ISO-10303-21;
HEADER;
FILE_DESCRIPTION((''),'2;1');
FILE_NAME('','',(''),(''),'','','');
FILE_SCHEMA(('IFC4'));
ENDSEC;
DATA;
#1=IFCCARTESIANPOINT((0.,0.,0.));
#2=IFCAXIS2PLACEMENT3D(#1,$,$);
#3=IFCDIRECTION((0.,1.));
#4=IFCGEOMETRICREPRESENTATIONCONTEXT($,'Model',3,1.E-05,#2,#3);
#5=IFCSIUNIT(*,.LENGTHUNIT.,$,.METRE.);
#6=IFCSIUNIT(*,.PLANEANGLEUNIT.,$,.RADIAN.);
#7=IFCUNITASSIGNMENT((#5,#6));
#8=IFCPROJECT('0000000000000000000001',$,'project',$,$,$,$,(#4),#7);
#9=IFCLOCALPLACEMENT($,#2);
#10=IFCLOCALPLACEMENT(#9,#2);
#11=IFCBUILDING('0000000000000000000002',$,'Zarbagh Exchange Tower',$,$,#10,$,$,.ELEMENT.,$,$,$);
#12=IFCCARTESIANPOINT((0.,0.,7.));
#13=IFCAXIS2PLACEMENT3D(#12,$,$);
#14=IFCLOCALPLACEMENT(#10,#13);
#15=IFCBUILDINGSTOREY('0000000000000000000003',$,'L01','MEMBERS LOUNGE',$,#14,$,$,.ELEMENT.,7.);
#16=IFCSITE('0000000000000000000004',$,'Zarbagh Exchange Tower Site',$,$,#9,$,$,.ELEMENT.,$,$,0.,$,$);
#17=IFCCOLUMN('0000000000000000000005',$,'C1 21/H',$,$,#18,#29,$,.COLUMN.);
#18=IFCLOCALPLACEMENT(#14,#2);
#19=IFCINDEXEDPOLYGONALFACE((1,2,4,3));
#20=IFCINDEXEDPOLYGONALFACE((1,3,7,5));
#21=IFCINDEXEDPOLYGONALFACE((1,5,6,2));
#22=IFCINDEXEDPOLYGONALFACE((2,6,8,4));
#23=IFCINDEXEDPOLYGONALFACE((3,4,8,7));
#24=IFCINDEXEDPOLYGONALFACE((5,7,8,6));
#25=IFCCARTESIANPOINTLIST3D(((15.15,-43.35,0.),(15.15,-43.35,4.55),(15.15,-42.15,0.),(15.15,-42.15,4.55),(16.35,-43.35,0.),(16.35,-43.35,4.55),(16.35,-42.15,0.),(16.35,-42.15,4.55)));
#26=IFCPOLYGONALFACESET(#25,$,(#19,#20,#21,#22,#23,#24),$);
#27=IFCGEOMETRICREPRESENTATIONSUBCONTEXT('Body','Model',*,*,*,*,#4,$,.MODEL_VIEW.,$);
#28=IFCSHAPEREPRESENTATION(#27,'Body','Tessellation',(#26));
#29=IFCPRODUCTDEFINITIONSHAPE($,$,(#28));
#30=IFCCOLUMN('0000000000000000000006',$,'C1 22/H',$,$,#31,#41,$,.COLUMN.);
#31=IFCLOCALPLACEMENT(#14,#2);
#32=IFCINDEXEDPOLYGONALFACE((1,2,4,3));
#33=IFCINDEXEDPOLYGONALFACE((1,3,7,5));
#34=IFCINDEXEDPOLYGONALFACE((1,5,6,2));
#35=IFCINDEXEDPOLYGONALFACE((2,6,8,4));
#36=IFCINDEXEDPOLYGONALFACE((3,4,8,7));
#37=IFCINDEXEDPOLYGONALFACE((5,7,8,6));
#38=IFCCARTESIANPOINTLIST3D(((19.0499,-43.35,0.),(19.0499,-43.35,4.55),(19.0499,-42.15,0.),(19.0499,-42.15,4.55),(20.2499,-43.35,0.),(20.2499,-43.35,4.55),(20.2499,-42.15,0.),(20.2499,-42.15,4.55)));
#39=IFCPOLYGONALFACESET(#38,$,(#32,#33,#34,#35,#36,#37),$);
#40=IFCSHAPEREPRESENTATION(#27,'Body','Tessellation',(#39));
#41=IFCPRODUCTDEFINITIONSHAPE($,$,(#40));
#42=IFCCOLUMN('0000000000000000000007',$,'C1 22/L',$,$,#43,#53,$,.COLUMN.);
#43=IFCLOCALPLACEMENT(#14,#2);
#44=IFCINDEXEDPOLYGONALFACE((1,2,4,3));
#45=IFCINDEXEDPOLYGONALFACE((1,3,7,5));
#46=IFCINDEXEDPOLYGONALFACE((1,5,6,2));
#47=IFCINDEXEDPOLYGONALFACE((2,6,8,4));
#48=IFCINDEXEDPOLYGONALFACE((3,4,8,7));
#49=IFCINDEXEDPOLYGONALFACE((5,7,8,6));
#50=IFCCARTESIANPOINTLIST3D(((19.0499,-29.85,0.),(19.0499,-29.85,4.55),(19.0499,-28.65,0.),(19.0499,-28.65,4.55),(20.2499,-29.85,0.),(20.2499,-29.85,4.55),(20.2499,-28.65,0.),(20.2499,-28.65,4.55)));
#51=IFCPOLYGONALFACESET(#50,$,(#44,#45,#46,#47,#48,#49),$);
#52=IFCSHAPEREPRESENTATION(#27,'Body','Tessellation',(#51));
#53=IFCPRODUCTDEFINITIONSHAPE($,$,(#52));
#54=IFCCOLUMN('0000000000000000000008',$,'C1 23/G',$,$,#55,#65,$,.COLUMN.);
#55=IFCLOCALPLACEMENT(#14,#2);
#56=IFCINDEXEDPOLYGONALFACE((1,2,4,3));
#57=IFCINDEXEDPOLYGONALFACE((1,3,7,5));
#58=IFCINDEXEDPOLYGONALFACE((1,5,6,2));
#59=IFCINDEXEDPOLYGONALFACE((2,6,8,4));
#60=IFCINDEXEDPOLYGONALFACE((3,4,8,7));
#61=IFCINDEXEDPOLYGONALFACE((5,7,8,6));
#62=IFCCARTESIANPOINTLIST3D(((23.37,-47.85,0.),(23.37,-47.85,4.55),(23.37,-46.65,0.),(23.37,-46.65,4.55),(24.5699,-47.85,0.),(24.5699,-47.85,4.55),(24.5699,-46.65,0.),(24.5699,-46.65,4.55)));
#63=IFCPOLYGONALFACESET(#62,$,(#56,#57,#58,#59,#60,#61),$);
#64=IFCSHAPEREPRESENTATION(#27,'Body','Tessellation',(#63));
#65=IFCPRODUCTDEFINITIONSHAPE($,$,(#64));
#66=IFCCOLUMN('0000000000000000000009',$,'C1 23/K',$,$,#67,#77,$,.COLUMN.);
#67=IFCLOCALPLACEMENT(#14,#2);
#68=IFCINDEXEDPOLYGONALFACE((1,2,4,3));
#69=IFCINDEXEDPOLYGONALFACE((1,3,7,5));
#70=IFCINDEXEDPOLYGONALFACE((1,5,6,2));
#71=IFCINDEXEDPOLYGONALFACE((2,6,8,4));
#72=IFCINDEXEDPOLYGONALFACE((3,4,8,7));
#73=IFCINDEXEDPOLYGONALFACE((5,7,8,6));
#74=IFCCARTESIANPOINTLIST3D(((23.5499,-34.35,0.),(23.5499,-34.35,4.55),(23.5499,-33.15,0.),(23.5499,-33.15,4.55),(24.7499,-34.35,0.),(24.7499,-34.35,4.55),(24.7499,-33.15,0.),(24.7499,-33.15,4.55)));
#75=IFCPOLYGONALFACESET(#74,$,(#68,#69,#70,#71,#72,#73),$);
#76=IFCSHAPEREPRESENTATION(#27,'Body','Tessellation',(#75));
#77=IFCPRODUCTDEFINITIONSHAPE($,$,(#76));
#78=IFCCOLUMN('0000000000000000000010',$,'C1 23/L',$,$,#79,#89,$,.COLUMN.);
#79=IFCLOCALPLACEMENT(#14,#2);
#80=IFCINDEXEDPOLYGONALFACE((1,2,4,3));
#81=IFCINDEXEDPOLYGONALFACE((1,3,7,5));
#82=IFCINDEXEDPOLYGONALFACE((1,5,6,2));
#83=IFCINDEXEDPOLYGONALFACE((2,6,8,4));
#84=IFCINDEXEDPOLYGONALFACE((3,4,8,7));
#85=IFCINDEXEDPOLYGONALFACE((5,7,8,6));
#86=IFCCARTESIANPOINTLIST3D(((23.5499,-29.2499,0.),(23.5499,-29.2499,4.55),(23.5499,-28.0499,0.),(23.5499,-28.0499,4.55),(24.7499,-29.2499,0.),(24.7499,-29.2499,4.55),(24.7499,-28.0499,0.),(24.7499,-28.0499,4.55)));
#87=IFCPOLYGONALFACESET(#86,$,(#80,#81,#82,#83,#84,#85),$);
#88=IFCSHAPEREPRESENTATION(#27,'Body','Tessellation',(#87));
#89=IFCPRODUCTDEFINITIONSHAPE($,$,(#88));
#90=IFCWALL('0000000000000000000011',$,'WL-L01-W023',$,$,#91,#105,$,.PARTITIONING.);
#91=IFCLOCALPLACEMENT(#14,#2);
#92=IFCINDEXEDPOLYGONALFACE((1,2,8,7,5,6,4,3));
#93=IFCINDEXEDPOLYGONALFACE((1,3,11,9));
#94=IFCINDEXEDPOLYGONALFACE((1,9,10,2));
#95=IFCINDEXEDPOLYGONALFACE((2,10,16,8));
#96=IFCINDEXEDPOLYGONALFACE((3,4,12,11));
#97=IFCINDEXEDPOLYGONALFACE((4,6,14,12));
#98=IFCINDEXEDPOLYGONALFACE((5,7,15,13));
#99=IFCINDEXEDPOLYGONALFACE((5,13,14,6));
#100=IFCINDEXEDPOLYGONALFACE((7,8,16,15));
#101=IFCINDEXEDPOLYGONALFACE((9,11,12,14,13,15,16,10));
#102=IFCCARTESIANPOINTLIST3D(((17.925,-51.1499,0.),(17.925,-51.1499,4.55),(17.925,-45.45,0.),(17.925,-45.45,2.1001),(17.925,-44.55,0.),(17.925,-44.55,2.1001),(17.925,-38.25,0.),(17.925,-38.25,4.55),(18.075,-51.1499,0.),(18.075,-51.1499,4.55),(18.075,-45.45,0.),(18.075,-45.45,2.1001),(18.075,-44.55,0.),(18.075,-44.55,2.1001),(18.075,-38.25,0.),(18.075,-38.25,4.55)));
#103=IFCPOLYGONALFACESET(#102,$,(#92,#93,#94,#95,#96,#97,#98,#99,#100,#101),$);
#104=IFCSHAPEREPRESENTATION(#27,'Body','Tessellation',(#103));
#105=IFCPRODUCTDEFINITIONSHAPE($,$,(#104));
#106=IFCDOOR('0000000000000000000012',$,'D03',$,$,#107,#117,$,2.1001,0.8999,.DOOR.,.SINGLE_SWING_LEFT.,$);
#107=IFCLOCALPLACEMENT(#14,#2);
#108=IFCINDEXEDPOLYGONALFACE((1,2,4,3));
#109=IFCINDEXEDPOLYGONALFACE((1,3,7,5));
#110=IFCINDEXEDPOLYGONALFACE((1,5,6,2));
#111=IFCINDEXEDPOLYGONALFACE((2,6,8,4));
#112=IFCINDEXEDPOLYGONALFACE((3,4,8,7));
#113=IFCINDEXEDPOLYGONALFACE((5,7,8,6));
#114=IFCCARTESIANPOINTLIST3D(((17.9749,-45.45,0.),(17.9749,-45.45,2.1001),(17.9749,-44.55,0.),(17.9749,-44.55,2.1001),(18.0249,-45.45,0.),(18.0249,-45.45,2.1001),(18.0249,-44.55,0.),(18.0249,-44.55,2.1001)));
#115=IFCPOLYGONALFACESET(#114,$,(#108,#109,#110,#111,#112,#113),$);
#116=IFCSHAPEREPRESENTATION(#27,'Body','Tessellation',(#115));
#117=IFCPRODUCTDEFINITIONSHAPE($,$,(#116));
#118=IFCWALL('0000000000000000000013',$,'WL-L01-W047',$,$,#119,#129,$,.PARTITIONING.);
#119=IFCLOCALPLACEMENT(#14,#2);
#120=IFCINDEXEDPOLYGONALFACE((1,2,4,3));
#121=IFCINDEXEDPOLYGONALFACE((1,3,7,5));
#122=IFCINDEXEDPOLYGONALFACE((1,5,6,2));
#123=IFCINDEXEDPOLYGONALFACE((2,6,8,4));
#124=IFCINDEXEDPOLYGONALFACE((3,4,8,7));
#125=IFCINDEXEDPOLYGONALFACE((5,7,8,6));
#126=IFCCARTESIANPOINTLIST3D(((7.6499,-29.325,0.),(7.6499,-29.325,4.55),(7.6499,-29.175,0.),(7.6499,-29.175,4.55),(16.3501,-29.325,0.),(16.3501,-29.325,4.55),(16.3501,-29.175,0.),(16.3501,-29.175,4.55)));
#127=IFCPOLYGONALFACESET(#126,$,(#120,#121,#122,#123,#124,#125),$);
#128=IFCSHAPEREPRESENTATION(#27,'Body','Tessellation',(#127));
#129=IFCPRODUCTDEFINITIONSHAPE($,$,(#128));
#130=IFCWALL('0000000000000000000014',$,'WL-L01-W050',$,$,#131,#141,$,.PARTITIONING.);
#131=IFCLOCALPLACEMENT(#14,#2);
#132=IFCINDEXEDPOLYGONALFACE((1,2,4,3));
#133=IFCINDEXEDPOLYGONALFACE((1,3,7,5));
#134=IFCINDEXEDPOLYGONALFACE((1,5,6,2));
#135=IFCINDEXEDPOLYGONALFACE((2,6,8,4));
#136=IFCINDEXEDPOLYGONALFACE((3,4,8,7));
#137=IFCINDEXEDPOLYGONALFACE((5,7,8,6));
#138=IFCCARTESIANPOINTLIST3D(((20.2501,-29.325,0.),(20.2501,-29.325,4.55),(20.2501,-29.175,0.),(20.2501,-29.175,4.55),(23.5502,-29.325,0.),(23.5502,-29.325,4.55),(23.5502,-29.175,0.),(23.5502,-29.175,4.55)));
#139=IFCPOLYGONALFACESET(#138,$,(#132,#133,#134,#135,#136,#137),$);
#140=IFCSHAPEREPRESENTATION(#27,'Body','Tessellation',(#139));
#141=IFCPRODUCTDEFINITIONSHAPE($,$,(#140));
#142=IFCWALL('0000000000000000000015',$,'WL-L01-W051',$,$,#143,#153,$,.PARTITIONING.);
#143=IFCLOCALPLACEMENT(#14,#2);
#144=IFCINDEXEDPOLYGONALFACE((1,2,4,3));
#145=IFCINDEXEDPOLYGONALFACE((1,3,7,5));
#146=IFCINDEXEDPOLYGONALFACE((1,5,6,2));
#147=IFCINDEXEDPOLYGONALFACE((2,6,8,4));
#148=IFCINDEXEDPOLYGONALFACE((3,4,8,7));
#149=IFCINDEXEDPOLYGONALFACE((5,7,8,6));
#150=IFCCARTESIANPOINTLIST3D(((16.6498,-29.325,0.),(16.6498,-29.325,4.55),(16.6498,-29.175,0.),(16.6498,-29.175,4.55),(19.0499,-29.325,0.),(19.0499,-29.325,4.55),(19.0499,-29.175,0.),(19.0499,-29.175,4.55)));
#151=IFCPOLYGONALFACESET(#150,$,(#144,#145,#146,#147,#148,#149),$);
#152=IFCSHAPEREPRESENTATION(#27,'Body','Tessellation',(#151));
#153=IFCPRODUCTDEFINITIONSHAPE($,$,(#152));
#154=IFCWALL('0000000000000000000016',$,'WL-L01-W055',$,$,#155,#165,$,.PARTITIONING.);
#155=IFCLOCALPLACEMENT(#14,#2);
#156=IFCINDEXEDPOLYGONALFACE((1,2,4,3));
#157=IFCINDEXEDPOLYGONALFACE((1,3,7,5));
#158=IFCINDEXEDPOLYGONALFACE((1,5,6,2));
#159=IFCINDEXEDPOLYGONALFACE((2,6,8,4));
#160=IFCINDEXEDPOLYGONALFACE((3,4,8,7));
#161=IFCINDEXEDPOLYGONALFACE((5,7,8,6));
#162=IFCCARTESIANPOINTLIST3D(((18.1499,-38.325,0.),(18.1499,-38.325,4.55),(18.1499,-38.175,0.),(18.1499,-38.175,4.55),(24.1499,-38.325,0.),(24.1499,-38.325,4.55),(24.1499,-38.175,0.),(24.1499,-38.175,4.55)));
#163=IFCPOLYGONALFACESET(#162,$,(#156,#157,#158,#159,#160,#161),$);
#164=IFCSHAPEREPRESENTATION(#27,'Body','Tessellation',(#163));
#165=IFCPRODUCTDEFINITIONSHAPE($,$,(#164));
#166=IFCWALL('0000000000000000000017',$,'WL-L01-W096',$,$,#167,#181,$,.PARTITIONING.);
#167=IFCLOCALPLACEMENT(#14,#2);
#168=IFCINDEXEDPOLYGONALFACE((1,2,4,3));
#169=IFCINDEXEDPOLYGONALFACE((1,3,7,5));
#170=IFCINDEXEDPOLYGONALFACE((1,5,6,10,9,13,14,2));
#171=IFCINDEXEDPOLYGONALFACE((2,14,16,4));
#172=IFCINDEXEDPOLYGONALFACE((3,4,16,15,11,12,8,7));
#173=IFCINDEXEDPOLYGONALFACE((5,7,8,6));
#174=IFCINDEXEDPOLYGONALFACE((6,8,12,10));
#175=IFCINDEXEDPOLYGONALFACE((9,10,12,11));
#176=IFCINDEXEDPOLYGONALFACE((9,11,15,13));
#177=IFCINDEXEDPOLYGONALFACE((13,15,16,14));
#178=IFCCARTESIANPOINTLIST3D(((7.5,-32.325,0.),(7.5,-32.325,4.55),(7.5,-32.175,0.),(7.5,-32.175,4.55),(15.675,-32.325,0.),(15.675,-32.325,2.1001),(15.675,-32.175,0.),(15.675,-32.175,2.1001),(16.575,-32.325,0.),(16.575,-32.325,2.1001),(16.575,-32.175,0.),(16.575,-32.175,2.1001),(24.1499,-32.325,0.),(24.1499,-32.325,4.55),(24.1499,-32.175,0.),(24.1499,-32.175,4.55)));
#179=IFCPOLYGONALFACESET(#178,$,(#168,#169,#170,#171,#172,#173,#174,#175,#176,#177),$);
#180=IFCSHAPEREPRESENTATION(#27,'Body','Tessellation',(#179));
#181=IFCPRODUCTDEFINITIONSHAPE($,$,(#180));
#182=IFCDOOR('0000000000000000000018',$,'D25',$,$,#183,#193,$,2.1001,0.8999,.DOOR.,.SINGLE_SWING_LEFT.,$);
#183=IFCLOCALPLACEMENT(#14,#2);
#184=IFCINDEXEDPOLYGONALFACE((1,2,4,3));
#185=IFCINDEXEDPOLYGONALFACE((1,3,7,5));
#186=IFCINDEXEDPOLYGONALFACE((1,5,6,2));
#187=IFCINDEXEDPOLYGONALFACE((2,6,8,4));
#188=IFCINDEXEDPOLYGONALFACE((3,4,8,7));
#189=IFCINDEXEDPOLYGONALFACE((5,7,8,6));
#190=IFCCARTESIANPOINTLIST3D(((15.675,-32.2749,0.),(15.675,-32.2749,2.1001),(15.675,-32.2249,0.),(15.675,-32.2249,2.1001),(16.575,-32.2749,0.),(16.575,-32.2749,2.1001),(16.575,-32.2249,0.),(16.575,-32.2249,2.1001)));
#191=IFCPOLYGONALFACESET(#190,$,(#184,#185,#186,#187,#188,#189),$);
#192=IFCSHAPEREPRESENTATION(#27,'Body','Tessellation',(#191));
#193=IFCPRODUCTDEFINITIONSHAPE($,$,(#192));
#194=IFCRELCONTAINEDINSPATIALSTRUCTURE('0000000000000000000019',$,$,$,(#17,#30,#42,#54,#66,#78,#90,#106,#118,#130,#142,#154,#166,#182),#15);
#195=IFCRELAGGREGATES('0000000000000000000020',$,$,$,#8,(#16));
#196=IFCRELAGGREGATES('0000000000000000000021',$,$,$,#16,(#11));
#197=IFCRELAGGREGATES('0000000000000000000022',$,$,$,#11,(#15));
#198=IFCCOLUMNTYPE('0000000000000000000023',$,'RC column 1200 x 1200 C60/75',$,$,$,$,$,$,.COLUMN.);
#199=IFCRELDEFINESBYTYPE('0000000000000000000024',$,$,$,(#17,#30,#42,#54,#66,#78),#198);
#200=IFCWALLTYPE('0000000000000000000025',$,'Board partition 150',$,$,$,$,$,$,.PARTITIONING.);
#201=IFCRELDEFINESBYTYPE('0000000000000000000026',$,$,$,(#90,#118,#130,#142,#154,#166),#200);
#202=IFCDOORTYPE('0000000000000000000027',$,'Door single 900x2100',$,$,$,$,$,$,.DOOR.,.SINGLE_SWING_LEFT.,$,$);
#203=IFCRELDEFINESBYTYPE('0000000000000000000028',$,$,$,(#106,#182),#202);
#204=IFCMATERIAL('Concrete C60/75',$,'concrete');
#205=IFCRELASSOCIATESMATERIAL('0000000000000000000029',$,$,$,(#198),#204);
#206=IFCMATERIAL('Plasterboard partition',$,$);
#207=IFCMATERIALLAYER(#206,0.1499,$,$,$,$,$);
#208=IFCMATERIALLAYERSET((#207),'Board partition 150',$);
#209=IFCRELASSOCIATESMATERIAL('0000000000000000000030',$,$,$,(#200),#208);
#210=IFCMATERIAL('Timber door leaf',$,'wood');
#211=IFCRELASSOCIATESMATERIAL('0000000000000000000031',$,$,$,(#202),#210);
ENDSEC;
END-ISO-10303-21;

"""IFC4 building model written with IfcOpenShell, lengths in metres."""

from ifc_helpers import new_model, si_unit, direction, frame, frame_2d, origin, origin_2d, place, context, subcontext, project, spatial, rectangle, extrude, material, layer, layer_set, material_profile, profile_set, type_object, element, fill, save


model = new_model("IFC4")

# Units and contexts
model_context = context("Model", 3, precision=1e-05, world=origin(), true_north=direction((0.0, 1.0)))
body_context = subcontext(model_context, "Body", "Model", "MODEL_VIEW")
ifc_project = project(units=[si_unit("LENGTHUNIT", "METRE"), si_unit("PLANEANGLEUNIT", "RADIAN")], contexts=[model_context])

# Site, building, storey
site_placement = place(None, origin())
site = spatial("IfcSite", under=ifc_project, at=site_placement, Name="Zarbagh Exchange Tower Site", CompositionType="ELEMENT", RefElevation=0.0)
building_placement = place(site_placement, origin())
building = spatial("IfcBuilding", under=site, at=building_placement, Name="Zarbagh Exchange Tower", CompositionType="ELEMENT")
storey_placement = place(building_placement, frame((0.0, 0.0, 7.0)))
storey = spatial("IfcBuildingStorey", under=building, at=storey_placement, Name="L01", Description="MEMBERS LOUNGE", CompositionType="ELEMENT", Elevation=7.0)

# Columns
ifc_material_1 = material(Name="Concrete C60/75", Category="concrete")
ifc_material_profile = material_profile(ifc_material_1, rectangle(XDim=1.2, YDim=1.2, at=origin_2d()), Name="RC column 1200 x 1200 C60/75")
ifc_profile_set = profile_set([ifc_material_profile], Name="Concrete C60/75")
column_type = type_object("IfcColumnType", Name="RC column 1200 x 1200 C60/75", PredefinedType="COLUMN", material=ifc_profile_set)
for number, where, z_axis, x_axis, name in (
    (1, (15.75, -42.75, 0.0), (0.0, 0.0, 1.0), (1.0, 0.0, 0.0), "C1 21/H"),
    (2, (19.6499, -42.75, 0.0), (0.0, 0.0, 1.0), (1.0, 0.0, 0.0), "C1 22/H"),
    (3, (19.6499, -29.25, 0.0), (0.0, 0.0, 1.0), (1.0, 0.0, 0.0), "C1 22/L"),
    (4, (23.97, -47.25, 0.0), (0.0, 0.0, 1.0), (1.0, 0.0, 0.0), "C1 23/G"),
    (5, (24.1499, -33.75, 0.0), (0.0, 0.0, 1.0), (1.0, 0.0, 0.0), "C1 23/K"),
    (6, (24.1499, -28.6499, 0.0), (0.0, 0.0, 1.0), (1.0, 0.0, 0.0), "C1 23/L"),
):
    element("IfcColumn", number, at=place(storey_placement, frame(where, z_axis=z_axis, x_axis=x_axis)), inside=storey, type_object=column_type, Name=name, PredefinedType="COLUMN", context=body_context, shape_type="SweptSolid", body=[
        extrude(rectangle(XDim=1.2, YDim=1.2, at=origin_2d()), origin(), (0.0, 0.0, 1.0), 4.55),
    ])

# Wall, opening, door
ifc_material_2 = material(Name="Plasterboard partition")
ifc_layer_1 = layer(ifc_material_2, 0.1499)
ifc_layer_set_1 = layer_set([ifc_layer_1], Name="Board partition 150")
wall_type_1 = type_object("IfcWallType", Name="Board partition 150", PredefinedType="PARTITIONING", material=ifc_layer_set_1)
wall_1_placement = place(storey_placement, frame((18.0, -38.25, 0.0), z_axis=(0.0, 0.0, 1.0), x_axis=(0.0, -1.0, 0.0)))
wall_1 = element("IfcWall", 7, at=wall_1_placement, inside=storey, type_object=wall_type_1, Name="WL-L01-W023", PredefinedType="PARTITIONING", context=body_context, shape_type="SweptSolid", body=[
    extrude(rectangle(XDim=12.8999, YDim=0.1499, at=frame_2d((6.45, 0.0))), origin(), (0.0, 0.0, 1.0), 4.55),
])
opening_1_placement = place(wall_1_placement, frame((6.3, 0.0, 0.0)))
opening_1 = element("IfcOpeningElement", 8, at=opening_1_placement, cuts=wall_1, PredefinedType="OPENING", context=body_context, shape_type="SweptSolid", body=[
    extrude(rectangle(XDim=0.8999, YDim=2.1001, at=frame_2d((0.45, 1.05))), frame((0.0, 0.085, 0.0), z_axis=(0.0, -1.0, 0.0), x_axis=(1.0, 0.0, 0.0)), (0.0, 0.0, 1.0), 0.1699),
])
ifc_material_3 = material(Name="Timber door leaf", Category="wood")
door_type_1 = type_object("IfcDoorType", Name="Door single 900x2100", OperationType="SINGLE_SWING_LEFT", PredefinedType="DOOR", material=ifc_material_3)
door_1_placement = place(opening_1_placement, origin())
door_1 = element("IfcDoor", 9, at=door_1_placement, inside=storey, type_object=door_type_1, Name="D03", OperationType="SINGLE_SWING_LEFT", OverallHeight=2.1001, OverallWidth=0.8999, PredefinedType="DOOR", context=body_context, shape_type="SweptSolid", body=[
    extrude(rectangle(XDim=0.8999, YDim=2.1001, at=frame_2d((0.45, 1.05))), frame((0.0, 0.0249, 0.0), z_axis=(0.0, -1.0, 0.0), x_axis=(1.0, 0.0, 0.0)), (0.0, 0.0, 1.0), 0.05),
])
fill(opening_1, door_1)

# Walls
wall_2_placement = place(storey_placement, frame((16.3501, -29.25, 0.0), z_axis=(0.0, 0.0, 1.0), x_axis=(-1.0, 0.0, 0.0)))
element("IfcWall", 10, at=wall_2_placement, inside=storey, type_object=wall_type_1, Name="WL-L01-W047", PredefinedType="PARTITIONING", context=body_context, shape_type="SweptSolid", body=[
    extrude(rectangle(XDim=8.7002, YDim=0.1499, at=frame_2d((4.3501, 0.0))), origin(), (0.0, 0.0, 1.0), 4.55),
])
wall_3_placement = place(storey_placement, frame((23.55, -29.25, 0.0), z_axis=(0.0, 0.0, 1.0), x_axis=(-1.0, 0.0, 0.0)))
element("IfcWall", 11, at=wall_3_placement, inside=storey, type_object=wall_type_1, Name="WL-L01-W050", PredefinedType="PARTITIONING", context=body_context, shape_type="SweptSolid", body=[
    extrude(rectangle(XDim=3.3, YDim=0.1499, at=frame_2d((1.6499, 0.0))), origin(), (0.0, 0.0, 1.0), 4.55),
])
wall_4_placement = place(storey_placement, frame((19.05, -29.25, 0.0), z_axis=(0.0, 0.0, 1.0), x_axis=(-1.0, 0.0, 0.0)))
element("IfcWall", 12, at=wall_4_placement, inside=storey, type_object=wall_type_1, Name="WL-L01-W051", PredefinedType="PARTITIONING", context=body_context, shape_type="SweptSolid", body=[
    extrude(rectangle(XDim=2.4001, YDim=0.1499, at=frame_2d((1.2002, 0.0))), origin(), (0.0, 0.0, 1.0), 4.55),
])
wall_5_placement = place(storey_placement, frame((18.1499, -38.25, 0.0), z_axis=(0.0, 0.0, 1.0), x_axis=(1.0, 0.0, 0.0)))
element("IfcWall", 13, at=wall_5_placement, inside=storey, type_object=wall_type_1, Name="WL-L01-W055", PredefinedType="PARTITIONING", context=body_context, shape_type="SweptSolid", body=[
    extrude(rectangle(XDim=6.0, YDim=0.1499, at=frame_2d((3.0, 0.0))), origin(), (0.0, 0.0, 1.0), 4.55),
])

# Wall, opening, door
wall_6_placement = place(storey_placement, frame((24.1499, -32.25, 0.0), z_axis=(0.0, 0.0, 1.0), x_axis=(-1.0, 0.0, 0.0)))
wall_6 = element("IfcWall", 14, at=wall_6_placement, inside=storey, type_object=wall_type_1, Name="WL-L01-W096", PredefinedType="PARTITIONING", context=body_context, shape_type="SweptSolid", body=[
    extrude(rectangle(XDim=16.6499, YDim=0.1499, at=frame_2d((8.325, 0.0))), origin(), (0.0, 0.0, 1.0), 4.55),
])
opening_2_placement = place(wall_6_placement, frame((7.575, 0.0, 0.0)))
opening_2 = element("IfcOpeningElement", 15, at=opening_2_placement, cuts=wall_6, PredefinedType="OPENING", context=body_context, shape_type="SweptSolid", body=[
    extrude(rectangle(XDim=0.8999, YDim=2.1001, at=frame_2d((0.45, 1.05))), frame((0.0, 0.085, 0.0), z_axis=(0.0, -1.0, 0.0), x_axis=(1.0, 0.0, 0.0)), (0.0, 0.0, 1.0), 0.1699),
])
door_2_placement = place(opening_2_placement, origin())
door_2 = element("IfcDoor", 16, at=door_2_placement, inside=storey, type_object=door_type_1, Name="D25", OperationType="SINGLE_SWING_LEFT", OverallHeight=2.1001, OverallWidth=0.8999, PredefinedType="DOOR", context=body_context, shape_type="SweptSolid", body=[
    extrude(rectangle(XDim=0.8999, YDim=2.1001, at=frame_2d((0.45, 1.05))), frame((0.0, 0.0249, 0.0), z_axis=(0.0, -1.0, 0.0), x_axis=(1.0, 0.0, 0.0)), (0.0, 0.0, 1.0), 0.05),
])
fill(opening_2, door_2)

save(model, "model.ifc")
